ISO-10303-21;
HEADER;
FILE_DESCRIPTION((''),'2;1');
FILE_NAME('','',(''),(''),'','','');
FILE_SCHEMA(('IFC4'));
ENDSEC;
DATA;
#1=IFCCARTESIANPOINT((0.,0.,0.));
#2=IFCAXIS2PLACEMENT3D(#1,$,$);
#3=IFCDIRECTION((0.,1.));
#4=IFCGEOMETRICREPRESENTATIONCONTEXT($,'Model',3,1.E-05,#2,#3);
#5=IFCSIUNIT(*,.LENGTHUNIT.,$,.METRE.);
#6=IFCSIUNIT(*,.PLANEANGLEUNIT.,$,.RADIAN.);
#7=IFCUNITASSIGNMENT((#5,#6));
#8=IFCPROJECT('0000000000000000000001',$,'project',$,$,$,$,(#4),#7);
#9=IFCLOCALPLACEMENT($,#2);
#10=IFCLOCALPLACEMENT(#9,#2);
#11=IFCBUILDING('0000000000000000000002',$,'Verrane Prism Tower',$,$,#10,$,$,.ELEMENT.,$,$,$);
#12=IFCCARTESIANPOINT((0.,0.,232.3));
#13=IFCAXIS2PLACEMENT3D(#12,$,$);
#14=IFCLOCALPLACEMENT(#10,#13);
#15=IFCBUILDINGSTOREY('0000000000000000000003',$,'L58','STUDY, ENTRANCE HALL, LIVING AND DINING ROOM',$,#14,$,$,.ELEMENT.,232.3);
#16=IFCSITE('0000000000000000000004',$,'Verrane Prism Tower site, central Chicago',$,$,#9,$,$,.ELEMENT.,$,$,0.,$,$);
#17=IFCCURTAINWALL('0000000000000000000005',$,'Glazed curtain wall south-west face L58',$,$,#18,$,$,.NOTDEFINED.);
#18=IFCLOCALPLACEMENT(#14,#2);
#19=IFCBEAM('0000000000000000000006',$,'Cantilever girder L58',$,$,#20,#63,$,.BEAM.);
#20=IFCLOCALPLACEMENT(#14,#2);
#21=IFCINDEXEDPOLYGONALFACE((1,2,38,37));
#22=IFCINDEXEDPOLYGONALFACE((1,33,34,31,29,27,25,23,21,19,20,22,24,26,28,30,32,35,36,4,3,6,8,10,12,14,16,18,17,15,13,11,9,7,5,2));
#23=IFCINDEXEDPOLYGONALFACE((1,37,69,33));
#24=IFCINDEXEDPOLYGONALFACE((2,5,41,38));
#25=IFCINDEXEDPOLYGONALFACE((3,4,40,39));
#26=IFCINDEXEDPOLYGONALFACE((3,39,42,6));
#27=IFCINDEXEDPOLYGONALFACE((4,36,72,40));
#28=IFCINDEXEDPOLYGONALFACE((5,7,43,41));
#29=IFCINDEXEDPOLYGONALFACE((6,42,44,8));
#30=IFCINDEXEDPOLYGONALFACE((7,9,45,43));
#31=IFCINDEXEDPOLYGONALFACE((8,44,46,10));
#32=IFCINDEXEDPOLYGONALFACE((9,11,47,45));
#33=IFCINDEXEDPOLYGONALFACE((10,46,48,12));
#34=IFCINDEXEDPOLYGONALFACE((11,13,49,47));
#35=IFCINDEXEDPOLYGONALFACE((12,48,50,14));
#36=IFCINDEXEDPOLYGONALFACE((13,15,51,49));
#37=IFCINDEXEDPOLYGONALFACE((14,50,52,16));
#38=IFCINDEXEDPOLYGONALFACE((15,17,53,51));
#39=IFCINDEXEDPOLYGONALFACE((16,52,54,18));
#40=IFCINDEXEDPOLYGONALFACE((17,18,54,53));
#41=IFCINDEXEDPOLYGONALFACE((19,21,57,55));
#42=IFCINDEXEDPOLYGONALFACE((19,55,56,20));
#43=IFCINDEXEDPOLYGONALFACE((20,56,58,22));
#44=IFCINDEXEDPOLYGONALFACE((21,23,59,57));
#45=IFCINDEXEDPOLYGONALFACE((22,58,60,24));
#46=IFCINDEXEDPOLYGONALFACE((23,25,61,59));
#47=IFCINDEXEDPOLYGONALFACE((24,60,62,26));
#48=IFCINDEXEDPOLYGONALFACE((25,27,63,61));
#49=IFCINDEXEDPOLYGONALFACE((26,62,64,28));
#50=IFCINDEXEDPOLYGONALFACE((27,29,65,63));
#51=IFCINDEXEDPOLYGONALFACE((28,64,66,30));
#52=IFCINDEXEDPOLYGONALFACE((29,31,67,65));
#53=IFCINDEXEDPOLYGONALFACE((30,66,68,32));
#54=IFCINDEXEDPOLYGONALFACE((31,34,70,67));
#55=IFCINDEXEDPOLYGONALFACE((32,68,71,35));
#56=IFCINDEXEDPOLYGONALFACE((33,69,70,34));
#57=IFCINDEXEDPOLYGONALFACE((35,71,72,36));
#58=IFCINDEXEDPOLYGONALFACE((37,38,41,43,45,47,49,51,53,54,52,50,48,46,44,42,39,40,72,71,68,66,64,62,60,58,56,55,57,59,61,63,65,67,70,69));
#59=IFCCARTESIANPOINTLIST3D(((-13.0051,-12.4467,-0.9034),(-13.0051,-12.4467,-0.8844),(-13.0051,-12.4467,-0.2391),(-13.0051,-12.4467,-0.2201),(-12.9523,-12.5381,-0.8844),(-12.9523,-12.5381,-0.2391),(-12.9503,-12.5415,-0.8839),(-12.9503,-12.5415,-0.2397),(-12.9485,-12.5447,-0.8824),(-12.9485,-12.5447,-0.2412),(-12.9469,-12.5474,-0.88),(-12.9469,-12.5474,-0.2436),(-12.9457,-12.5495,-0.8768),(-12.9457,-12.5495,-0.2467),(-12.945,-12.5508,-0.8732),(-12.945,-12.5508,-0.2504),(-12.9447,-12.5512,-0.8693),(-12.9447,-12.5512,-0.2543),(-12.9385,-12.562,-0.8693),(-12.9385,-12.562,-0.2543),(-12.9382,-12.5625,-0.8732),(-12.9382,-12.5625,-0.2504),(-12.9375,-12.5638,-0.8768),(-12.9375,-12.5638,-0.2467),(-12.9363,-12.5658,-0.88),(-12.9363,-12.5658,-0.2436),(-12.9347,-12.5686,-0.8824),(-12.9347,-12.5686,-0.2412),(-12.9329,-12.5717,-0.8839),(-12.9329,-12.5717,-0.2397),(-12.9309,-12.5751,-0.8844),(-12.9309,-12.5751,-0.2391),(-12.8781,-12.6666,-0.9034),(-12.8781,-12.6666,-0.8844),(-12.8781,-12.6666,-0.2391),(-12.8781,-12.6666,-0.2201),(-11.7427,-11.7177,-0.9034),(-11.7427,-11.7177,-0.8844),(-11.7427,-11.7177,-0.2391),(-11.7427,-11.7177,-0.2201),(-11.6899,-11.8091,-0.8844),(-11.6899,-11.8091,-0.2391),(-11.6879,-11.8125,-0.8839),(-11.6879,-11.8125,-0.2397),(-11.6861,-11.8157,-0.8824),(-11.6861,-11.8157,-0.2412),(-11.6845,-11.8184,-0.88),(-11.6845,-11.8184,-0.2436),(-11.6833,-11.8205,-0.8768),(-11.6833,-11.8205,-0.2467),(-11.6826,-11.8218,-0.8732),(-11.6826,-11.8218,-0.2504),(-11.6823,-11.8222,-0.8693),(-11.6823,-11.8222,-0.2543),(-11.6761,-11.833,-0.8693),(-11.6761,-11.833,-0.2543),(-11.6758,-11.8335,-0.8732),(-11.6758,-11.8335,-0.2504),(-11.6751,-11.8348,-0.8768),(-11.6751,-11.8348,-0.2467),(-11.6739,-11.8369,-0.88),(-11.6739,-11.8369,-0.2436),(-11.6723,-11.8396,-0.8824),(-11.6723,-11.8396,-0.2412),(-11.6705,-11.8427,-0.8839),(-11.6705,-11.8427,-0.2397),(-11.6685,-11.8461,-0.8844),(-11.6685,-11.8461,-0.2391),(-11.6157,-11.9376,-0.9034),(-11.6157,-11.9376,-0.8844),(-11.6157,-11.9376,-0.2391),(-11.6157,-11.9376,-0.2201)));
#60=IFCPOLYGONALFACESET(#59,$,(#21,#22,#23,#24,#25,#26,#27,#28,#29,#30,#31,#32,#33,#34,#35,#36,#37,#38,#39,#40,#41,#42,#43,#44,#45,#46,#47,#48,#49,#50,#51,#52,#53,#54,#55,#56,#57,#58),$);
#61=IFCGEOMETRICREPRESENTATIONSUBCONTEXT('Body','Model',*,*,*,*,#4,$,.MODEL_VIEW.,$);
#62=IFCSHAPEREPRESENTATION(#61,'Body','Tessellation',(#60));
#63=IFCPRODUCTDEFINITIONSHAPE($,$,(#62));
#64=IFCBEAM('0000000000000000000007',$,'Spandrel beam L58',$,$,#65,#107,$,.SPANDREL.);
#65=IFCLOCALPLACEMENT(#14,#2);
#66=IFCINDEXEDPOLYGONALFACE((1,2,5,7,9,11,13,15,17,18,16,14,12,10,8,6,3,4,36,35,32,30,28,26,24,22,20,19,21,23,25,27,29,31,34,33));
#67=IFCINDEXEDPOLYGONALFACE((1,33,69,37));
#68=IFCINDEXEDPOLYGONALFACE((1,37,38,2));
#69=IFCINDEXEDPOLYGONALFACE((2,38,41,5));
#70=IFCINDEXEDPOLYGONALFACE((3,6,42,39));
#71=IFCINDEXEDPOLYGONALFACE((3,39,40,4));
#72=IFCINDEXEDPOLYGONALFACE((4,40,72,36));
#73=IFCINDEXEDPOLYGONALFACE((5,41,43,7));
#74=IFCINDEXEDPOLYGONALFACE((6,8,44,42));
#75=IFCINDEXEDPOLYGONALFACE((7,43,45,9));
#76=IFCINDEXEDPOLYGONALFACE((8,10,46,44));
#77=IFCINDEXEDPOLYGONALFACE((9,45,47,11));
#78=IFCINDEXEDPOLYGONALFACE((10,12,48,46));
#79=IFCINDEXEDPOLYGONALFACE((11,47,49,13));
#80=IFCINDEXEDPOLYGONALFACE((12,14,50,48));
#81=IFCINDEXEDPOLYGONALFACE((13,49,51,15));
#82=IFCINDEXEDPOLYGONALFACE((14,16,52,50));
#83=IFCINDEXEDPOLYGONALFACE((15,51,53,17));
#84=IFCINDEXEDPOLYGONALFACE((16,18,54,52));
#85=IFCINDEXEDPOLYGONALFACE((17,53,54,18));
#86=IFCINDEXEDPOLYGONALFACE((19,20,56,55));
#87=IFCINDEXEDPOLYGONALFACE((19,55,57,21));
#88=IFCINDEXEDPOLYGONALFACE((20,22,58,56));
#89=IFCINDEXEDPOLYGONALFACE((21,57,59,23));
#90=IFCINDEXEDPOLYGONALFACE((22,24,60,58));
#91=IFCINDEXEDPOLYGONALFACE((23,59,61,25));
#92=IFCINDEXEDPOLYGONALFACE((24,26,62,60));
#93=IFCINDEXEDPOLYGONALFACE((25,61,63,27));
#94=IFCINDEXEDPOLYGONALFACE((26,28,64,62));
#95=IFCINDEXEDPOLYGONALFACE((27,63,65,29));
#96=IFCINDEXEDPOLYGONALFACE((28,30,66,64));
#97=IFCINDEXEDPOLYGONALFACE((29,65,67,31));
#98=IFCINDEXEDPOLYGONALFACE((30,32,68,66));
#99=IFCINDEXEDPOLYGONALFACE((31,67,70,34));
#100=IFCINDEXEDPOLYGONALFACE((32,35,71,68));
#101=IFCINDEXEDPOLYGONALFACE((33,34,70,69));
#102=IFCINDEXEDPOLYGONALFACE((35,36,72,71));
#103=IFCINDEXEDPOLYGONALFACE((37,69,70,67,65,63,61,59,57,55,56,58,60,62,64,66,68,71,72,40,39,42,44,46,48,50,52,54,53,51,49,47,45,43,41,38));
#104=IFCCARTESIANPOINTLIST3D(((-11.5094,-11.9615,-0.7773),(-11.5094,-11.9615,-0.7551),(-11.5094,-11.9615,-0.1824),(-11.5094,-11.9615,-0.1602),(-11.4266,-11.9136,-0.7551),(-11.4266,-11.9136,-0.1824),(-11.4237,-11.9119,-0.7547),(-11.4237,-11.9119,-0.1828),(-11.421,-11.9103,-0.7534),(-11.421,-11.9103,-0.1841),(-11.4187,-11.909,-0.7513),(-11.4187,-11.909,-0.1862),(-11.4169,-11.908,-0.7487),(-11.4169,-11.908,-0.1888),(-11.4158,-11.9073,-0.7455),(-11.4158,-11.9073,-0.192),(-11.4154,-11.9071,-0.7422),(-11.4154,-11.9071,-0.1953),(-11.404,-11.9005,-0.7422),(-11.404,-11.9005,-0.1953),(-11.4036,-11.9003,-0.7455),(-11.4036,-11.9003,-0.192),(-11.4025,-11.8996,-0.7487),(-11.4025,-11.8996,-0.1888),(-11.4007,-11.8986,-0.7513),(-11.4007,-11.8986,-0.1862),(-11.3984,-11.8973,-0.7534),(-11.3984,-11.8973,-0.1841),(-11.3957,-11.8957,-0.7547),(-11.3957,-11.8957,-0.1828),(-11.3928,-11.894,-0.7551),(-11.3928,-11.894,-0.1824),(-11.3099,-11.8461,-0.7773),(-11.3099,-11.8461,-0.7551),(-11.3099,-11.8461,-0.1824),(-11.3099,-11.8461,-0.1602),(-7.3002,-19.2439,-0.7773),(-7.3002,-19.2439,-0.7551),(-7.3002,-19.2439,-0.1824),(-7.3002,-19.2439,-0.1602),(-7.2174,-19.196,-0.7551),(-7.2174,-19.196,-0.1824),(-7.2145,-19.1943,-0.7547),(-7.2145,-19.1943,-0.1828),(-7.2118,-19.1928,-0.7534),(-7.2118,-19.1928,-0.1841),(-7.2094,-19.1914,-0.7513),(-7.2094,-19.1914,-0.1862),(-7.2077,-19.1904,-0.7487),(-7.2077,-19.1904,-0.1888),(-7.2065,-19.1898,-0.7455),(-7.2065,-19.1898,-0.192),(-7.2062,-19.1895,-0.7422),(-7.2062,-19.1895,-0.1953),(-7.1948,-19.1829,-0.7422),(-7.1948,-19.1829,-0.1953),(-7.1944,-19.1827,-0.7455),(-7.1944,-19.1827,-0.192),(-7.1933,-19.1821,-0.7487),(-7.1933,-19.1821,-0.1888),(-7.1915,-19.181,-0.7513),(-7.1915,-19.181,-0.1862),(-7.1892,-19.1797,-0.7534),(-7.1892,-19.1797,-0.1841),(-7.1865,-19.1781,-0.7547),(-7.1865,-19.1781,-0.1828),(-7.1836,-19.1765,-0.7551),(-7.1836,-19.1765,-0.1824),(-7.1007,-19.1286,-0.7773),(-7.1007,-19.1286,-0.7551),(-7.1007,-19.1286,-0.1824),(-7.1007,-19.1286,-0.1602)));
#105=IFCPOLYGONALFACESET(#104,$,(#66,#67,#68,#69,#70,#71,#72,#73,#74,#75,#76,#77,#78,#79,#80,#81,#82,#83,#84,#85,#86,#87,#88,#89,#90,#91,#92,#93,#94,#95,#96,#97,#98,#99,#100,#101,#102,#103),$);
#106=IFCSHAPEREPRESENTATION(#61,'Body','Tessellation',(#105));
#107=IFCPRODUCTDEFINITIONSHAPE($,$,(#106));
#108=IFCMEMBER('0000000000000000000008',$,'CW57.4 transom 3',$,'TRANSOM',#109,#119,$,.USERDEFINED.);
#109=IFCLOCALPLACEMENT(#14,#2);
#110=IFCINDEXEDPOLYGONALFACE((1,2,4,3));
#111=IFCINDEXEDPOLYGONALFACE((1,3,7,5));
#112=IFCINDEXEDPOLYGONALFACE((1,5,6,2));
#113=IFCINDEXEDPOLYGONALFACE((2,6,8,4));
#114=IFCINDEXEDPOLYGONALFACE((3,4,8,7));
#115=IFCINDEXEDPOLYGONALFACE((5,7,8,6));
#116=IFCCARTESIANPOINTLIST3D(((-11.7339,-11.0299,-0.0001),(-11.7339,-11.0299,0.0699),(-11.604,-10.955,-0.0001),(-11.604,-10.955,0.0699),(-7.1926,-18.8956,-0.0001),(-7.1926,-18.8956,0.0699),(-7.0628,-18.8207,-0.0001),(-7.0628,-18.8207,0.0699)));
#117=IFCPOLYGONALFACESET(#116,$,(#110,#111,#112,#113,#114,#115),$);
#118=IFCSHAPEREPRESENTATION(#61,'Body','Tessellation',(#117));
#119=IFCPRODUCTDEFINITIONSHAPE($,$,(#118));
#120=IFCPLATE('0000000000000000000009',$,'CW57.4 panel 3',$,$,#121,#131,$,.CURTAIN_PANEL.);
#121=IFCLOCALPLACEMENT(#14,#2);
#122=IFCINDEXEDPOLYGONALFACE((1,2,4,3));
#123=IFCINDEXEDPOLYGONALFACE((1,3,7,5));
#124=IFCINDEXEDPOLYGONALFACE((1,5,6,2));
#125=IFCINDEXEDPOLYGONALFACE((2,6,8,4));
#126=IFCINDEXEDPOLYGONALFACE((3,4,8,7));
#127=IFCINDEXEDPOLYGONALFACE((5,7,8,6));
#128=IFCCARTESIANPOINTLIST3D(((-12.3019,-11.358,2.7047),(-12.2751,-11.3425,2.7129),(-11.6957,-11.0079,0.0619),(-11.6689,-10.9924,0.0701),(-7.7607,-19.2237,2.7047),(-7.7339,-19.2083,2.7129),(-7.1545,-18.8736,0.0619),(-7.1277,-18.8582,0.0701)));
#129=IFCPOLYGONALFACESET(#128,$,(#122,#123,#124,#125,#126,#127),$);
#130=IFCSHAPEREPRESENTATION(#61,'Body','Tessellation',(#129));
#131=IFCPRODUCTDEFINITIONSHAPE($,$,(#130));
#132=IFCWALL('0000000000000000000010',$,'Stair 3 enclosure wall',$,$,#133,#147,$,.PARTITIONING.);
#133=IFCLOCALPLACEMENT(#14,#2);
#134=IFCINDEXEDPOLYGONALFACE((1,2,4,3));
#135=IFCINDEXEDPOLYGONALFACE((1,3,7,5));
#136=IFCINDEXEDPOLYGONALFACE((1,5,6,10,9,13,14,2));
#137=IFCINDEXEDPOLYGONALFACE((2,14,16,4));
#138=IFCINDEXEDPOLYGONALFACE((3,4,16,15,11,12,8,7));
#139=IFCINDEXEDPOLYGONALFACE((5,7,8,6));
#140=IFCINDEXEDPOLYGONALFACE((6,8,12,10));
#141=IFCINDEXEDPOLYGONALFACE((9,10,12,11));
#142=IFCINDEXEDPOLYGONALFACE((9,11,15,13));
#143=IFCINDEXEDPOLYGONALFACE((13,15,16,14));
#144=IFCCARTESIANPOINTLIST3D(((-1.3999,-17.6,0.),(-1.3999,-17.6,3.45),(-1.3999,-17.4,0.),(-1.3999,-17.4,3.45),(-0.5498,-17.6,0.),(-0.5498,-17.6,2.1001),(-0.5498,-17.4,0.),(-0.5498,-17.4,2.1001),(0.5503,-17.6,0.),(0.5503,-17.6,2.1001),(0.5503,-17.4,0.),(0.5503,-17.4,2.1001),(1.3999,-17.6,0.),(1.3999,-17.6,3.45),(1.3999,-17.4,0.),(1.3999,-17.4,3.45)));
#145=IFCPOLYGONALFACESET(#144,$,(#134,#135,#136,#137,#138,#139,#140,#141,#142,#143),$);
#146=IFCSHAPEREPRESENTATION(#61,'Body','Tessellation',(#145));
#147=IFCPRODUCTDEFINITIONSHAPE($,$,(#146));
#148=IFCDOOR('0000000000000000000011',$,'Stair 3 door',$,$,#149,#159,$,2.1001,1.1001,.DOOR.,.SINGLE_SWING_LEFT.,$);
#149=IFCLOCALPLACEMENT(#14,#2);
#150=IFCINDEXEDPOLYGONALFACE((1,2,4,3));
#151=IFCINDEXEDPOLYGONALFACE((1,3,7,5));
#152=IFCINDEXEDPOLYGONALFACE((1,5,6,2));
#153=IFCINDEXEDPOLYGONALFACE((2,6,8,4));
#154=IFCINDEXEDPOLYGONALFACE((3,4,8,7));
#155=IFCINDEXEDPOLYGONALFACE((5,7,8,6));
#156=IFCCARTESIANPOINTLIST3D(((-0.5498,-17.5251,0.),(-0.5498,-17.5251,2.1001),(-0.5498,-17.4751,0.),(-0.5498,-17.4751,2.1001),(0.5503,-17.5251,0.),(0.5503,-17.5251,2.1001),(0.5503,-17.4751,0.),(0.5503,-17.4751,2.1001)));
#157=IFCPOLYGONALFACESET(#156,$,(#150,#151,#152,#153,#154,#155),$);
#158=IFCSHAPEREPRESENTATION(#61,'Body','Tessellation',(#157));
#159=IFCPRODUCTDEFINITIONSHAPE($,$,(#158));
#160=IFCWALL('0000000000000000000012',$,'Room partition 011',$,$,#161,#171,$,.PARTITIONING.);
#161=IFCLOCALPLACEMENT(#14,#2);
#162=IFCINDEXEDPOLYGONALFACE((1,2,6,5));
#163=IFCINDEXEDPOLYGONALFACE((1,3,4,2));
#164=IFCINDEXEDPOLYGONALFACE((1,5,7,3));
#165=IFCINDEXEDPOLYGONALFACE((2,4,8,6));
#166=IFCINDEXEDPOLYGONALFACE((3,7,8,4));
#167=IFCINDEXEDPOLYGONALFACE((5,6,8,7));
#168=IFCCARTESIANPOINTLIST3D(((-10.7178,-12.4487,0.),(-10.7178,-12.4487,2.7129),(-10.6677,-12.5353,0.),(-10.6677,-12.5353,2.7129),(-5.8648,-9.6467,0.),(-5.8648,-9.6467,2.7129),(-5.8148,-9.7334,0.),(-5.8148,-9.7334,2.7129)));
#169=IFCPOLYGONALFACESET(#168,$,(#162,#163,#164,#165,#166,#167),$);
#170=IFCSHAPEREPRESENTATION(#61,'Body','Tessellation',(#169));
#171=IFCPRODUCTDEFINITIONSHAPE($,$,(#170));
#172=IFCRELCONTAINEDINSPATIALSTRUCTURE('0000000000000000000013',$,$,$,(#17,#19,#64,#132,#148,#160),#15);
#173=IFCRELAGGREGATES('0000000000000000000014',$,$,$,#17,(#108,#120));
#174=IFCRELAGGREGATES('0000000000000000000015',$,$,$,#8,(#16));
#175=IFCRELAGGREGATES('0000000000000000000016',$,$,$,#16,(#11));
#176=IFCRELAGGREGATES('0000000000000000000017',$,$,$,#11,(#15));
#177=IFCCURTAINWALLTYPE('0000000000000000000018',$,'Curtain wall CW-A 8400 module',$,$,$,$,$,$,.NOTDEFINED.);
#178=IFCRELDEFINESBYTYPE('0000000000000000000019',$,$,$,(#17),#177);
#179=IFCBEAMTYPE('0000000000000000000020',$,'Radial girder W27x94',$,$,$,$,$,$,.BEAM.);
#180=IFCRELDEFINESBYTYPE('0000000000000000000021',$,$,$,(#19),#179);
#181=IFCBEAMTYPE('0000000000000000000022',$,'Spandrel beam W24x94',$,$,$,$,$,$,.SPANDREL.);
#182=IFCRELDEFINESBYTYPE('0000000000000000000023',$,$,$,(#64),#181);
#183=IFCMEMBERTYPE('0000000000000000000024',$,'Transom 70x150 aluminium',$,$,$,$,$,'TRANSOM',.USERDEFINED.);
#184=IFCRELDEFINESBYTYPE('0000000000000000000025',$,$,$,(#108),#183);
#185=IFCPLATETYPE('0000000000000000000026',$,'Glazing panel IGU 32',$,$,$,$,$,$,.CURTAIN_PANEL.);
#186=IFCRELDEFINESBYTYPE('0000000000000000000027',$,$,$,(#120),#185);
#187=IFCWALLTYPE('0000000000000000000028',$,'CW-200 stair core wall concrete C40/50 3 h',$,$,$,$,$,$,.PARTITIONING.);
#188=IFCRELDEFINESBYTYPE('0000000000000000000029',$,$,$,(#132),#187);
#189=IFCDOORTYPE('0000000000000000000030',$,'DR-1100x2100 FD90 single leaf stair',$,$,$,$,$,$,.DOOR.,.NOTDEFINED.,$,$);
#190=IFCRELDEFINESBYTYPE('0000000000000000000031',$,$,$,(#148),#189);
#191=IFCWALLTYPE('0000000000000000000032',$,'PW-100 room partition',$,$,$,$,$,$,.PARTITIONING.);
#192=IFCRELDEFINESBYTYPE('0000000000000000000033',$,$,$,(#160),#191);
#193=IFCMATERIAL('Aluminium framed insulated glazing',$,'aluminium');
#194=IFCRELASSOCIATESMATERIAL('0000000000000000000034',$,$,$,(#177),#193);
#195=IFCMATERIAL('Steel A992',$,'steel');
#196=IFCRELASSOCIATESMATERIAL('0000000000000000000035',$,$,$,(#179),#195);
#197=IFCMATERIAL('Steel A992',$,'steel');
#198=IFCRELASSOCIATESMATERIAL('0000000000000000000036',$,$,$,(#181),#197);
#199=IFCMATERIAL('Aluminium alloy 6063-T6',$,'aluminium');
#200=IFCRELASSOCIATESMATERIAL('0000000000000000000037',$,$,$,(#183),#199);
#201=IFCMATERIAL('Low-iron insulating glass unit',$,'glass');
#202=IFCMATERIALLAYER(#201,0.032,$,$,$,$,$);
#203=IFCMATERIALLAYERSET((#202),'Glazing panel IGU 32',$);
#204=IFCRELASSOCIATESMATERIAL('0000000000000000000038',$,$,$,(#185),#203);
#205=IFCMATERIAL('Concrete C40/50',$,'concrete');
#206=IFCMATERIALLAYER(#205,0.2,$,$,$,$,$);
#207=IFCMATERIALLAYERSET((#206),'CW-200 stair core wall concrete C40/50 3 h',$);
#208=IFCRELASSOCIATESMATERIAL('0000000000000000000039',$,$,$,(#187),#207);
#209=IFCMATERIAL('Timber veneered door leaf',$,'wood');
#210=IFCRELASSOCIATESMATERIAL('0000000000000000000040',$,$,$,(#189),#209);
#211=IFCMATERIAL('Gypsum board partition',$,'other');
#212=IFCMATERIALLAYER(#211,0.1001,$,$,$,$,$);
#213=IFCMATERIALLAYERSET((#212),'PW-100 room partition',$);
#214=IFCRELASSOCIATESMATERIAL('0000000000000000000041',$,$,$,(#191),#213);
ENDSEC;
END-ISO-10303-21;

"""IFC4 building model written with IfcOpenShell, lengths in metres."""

from ifc_helpers import new_model, si_unit, direction, frame, frame_2d, origin, origin_2d, place, context, subcontext, project, spatial, polyline, rectangle, i_section, outline, extrude, material, layer, layer_set, material_profile, profile_set, type_object, element, fill, aggregate, save


model = new_model("IFC4")

# Units and contexts
model_context = context("Model", 3, precision=1e-05, world=origin(), true_north=direction((0.0, 1.0)))
body_context = subcontext(model_context, "Body", "Model", "MODEL_VIEW")
ifc_project = project(units=[si_unit("LENGTHUNIT", "METRE"), si_unit("PLANEANGLEUNIT", "RADIAN")], contexts=[model_context])

# Site, building, storey
site_placement = place(None, origin())
site = spatial("IfcSite", under=ifc_project, at=site_placement, Name="Verrane Prism Tower site, central Chicago", CompositionType="ELEMENT", RefElevation=0.0)
building_placement = place(site_placement, origin())
building = spatial("IfcBuilding", under=site, at=building_placement, Name="Verrane Prism Tower", CompositionType="ELEMENT")
storey_placement = place(building_placement, frame((0.0, 0.0, 232.3)))
storey = spatial("IfcBuildingStorey", under=building, at=storey_placement, Name="L58", Description="STUDY, ENTRANCE HALL, LIVING AND DINING ROOM", CompositionType="ELEMENT", Elevation=232.3)

# Curtain wall
ifc_material_1 = material(Name="Aluminium framed insulated glazing", Category="aluminium")
curtain_wall_type = type_object("IfcCurtainWallType", Name="Curtain wall CW-A 8400 module", PredefinedType="NOTDEFINED", material=ifc_material_1)
curtain_wall_placement = place(storey_placement, origin())
curtain_wall = element("IfcCurtainWall", 1, at=curtain_wall_placement, inside=storey, type_object=curtain_wall_type, Name="Glazed curtain wall south-west face L58", PredefinedType="NOTDEFINED")

# Beams
ifc_material_2 = material(Name="Steel A992", Category="steel")
ifc_material_profile_1 = material_profile(ifc_material_2, i_section(OverallWidth=0.2539, OverallDepth=0.6833, WebThickness=0.0125, FlangeThickness=0.019, FilletRadius=0.0151, at=origin_2d()), Name="W27x94")
ifc_profile_set_1 = profile_set([ifc_material_profile_1], Name="Steel A992")
beam_type_1 = type_object("IfcBeamType", Name="Radial girder W27x94", PredefinedType="BEAM", material=ifc_profile_set_1)
beam_1_placement = place(storey_placement, frame((-11.6792, -11.8276, -0.5618), z_axis=(-0.865988, -0.500066, 0.0), x_axis=(0.500066, -0.865988, 0.0)))
element("IfcBeam", 2, at=beam_1_placement, inside=storey, type_object=beam_type_1, Name="Cantilever girder L58", PredefinedType="BEAM", context=body_context, shape_type="SweptSolid", body=[
    extrude(i_section(OverallWidth=0.2539, OverallDepth=0.6833, WebThickness=0.0125, FlangeThickness=0.019, FilletRadius=0.0151, at=origin_2d()), origin(), (0.0, 0.0, 1.0), 1.4578),
])
ifc_material_3 = material(Name="Steel A992", Category="steel")
ifc_material_profile_2 = material_profile(ifc_material_3, i_section(OverallWidth=0.2305, OverallDepth=0.6172, WebThickness=0.0132, FlangeThickness=0.0222, FilletRadius=0.0129, at=origin_2d()), Name="W24x94")
ifc_profile_set_2 = profile_set([ifc_material_profile_2], Name="Steel A992")
beam_type_2 = type_object("IfcBeamType", Name="Spandrel beam W24x94", PredefinedType="SPANDREL", material=ifc_profile_set_2)
beam_2_placement = place(storey_placement, frame((-11.4097, -11.9038, -0.4688), z_axis=(0.500418, -0.865784, 0.0), x_axis=(0.865784, 0.500418, 0.0)))
element("IfcBeam", 3, at=beam_2_placement, inside=storey, type_object=beam_type_2, Name="Spandrel beam L58", PredefinedType="SPANDREL", context=body_context, shape_type="SweptSolid", body=[
    extrude(i_section(OverallWidth=0.2305, OverallDepth=0.6172, WebThickness=0.0132, FlangeThickness=0.0222, FilletRadius=0.0129, at=origin_2d()), origin(), (0.0, 0.0, 1.0), 8.4114),
])

# Member
ifc_material_4 = material(Name="Aluminium alloy 6063-T6", Category="aluminium")
ifc_material_profile_3 = material_profile(ifc_material_4, rectangle(XDim=0.1499, YDim=0.0701, at=origin_2d()), Name="Transom 70x150 aluminium")
ifc_profile_set_3 = profile_set([ifc_material_profile_3], Name="Aluminium alloy 6063-T6")
member_type_1 = type_object("IfcMemberType", Name="Transom 70x150 aluminium", ElementType="TRANSOM", PredefinedType="USERDEFINED", material=ifc_profile_set_3)
member_1_placement = place(storey_placement, frame((-11.6689, -10.9924, 0.0349), z_axis=(0.499999, -0.866026, 0.0), x_axis=(0.866026, 0.499999, 0.0)))
member_1 = element("IfcMember", 4, at=member_1_placement, type_object=member_type_1, Name="CW57.4 transom 3", ObjectType="TRANSOM", PredefinedType="USERDEFINED", context=body_context, shape_type="SweptSolid", body=[
    extrude(rectangle(XDim=0.1499, YDim=0.0701, at=origin_2d()), origin(), (0.0, 0.0, 1.0), 9.0825),
])

# Plate
ifc_material_5 = material(Name="Low-iron insulating glass unit", Category="glass")
ifc_layer_1 = layer(ifc_material_5, 0.032)
ifc_layer_set_1 = layer_set([ifc_layer_1], Name="Glazing panel IGU 32")
plate_type = type_object("IfcPlateType", Name="Glazing panel IGU 32", PredefinedType="CURTAIN_PANEL", material=ifc_layer_set_1)
plate_placement = place(storey_placement, frame((-11.6689, -10.9924, 0.0701), z_axis=(0.837156, 0.48333, 0.256051), x_axis=(0.499999, -0.866026, 0.0)))
plate = element("IfcPlate", 5, at=plate_placement, type_object=plate_type, Name="CW57.4 panel 3", PredefinedType="CURTAIN_PANEL", context=body_context, shape_type="SweptSolid", body=[
    extrude(outline(polyline([(0.0, 0.0), (9.0825, 0.0), (9.0826, -2.734), (0.0001, -2.734), (0.0, 0.0)])), origin(), (0.0, 0.0, -1.0), 0.032),
])
aggregate(curtain_wall, [member_1, plate])

# Wall, opening, door
ifc_material_6 = material(Name="Concrete C40/50", Category="concrete")
ifc_layer_2 = layer(ifc_material_6, 0.2)
ifc_layer_set_2 = layer_set([ifc_layer_2], Name="CW-200 stair core wall concrete C40/50 3 h")
wall_type_1 = type_object("IfcWallType", Name="CW-200 stair core wall concrete C40/50 3 h", PredefinedType="PARTITIONING", material=ifc_layer_set_2)
wall_1_placement = place(storey_placement, frame((-1.3999, -17.5, 0.0), z_axis=(0.0, 0.0, 1.0), x_axis=(1.0, 0.0, 0.0)))
wall_1 = element("IfcWall", 6, at=wall_1_placement, inside=storey, type_object=wall_type_1, Name="Stair 3 enclosure wall", PredefinedType="PARTITIONING", context=body_context, shape_type="SweptSolid", body=[
    extrude(rectangle(XDim=2.7998, YDim=0.2, at=frame_2d((1.3999, 0.0))), origin(), (0.0, 0.0, 1.0), 3.45),
])
opening_1_placement = place(wall_1_placement, frame((0.8501, 0.0, 0.0)))
opening_1 = element("IfcOpeningElement", 7, at=opening_1_placement, cuts=wall_1, PredefinedType="OPENING", context=body_context, shape_type="SweptSolid", body=[
    extrude(rectangle(XDim=1.1001, YDim=2.1001, at=frame_2d((0.55, 1.05))), frame((0.0, 0.1099, 0.0), z_axis=(0.0, -1.0, 0.0), x_axis=(1.0, 0.0, 0.0)), (0.0, 0.0, 1.0), 0.22),
])
ifc_material_7 = material(Name="Timber veneered door leaf", Category="wood")
door_type_1 = type_object("IfcDoorType", Name="DR-1100x2100 FD90 single leaf stair", OperationType="NOTDEFINED", PredefinedType="DOOR", material=ifc_material_7)
door_1_placement = place(opening_1_placement, origin())
door_1 = element("IfcDoor", 8, at=door_1_placement, inside=storey, type_object=door_type_1, Name="Stair 3 door", OperationType="SINGLE_SWING_LEFT", OverallHeight=2.1001, OverallWidth=1.1001, PredefinedType="DOOR", context=body_context, shape_type="SweptSolid", body=[
    extrude(rectangle(XDim=1.1001, YDim=2.1001, at=frame_2d((0.55, 1.05))), frame((0.0, 0.0249, 0.0), z_axis=(0.0, -1.0, 0.0), x_axis=(1.0, 0.0, 0.0)), (0.0, 0.0, 1.0), 0.05),
])
fill(opening_1, door_1)

# Wall
ifc_material_8 = material(Name="Gypsum board partition", Category="other")
ifc_layer_3 = layer(ifc_material_8, 0.1001)
ifc_layer_set_3 = layer_set([ifc_layer_3], Name="PW-100 room partition")
wall_type_2 = type_object("IfcWallType", Name="PW-100 room partition", PredefinedType="PARTITIONING", material=ifc_layer_set_3)
wall_2_placement = place(storey_placement, frame((-10.6926, -12.4919, 0.0), z_axis=(0.0, 0.0, 1.0), x_axis=(0.866017, 0.500014, 0.0)))
element("IfcWall", 9, at=wall_2_placement, inside=storey, type_object=wall_type_2, Name="Room partition 011", PredefinedType="PARTITIONING", context=body_context, shape_type="SweptSolid", body=[
    extrude(rectangle(XDim=5.6038, YDim=0.1001, at=frame_2d((2.8018, 0.0))), origin(), (0.0, 0.0, 1.0), 2.7129),
])

save(model, "model.ifc")
